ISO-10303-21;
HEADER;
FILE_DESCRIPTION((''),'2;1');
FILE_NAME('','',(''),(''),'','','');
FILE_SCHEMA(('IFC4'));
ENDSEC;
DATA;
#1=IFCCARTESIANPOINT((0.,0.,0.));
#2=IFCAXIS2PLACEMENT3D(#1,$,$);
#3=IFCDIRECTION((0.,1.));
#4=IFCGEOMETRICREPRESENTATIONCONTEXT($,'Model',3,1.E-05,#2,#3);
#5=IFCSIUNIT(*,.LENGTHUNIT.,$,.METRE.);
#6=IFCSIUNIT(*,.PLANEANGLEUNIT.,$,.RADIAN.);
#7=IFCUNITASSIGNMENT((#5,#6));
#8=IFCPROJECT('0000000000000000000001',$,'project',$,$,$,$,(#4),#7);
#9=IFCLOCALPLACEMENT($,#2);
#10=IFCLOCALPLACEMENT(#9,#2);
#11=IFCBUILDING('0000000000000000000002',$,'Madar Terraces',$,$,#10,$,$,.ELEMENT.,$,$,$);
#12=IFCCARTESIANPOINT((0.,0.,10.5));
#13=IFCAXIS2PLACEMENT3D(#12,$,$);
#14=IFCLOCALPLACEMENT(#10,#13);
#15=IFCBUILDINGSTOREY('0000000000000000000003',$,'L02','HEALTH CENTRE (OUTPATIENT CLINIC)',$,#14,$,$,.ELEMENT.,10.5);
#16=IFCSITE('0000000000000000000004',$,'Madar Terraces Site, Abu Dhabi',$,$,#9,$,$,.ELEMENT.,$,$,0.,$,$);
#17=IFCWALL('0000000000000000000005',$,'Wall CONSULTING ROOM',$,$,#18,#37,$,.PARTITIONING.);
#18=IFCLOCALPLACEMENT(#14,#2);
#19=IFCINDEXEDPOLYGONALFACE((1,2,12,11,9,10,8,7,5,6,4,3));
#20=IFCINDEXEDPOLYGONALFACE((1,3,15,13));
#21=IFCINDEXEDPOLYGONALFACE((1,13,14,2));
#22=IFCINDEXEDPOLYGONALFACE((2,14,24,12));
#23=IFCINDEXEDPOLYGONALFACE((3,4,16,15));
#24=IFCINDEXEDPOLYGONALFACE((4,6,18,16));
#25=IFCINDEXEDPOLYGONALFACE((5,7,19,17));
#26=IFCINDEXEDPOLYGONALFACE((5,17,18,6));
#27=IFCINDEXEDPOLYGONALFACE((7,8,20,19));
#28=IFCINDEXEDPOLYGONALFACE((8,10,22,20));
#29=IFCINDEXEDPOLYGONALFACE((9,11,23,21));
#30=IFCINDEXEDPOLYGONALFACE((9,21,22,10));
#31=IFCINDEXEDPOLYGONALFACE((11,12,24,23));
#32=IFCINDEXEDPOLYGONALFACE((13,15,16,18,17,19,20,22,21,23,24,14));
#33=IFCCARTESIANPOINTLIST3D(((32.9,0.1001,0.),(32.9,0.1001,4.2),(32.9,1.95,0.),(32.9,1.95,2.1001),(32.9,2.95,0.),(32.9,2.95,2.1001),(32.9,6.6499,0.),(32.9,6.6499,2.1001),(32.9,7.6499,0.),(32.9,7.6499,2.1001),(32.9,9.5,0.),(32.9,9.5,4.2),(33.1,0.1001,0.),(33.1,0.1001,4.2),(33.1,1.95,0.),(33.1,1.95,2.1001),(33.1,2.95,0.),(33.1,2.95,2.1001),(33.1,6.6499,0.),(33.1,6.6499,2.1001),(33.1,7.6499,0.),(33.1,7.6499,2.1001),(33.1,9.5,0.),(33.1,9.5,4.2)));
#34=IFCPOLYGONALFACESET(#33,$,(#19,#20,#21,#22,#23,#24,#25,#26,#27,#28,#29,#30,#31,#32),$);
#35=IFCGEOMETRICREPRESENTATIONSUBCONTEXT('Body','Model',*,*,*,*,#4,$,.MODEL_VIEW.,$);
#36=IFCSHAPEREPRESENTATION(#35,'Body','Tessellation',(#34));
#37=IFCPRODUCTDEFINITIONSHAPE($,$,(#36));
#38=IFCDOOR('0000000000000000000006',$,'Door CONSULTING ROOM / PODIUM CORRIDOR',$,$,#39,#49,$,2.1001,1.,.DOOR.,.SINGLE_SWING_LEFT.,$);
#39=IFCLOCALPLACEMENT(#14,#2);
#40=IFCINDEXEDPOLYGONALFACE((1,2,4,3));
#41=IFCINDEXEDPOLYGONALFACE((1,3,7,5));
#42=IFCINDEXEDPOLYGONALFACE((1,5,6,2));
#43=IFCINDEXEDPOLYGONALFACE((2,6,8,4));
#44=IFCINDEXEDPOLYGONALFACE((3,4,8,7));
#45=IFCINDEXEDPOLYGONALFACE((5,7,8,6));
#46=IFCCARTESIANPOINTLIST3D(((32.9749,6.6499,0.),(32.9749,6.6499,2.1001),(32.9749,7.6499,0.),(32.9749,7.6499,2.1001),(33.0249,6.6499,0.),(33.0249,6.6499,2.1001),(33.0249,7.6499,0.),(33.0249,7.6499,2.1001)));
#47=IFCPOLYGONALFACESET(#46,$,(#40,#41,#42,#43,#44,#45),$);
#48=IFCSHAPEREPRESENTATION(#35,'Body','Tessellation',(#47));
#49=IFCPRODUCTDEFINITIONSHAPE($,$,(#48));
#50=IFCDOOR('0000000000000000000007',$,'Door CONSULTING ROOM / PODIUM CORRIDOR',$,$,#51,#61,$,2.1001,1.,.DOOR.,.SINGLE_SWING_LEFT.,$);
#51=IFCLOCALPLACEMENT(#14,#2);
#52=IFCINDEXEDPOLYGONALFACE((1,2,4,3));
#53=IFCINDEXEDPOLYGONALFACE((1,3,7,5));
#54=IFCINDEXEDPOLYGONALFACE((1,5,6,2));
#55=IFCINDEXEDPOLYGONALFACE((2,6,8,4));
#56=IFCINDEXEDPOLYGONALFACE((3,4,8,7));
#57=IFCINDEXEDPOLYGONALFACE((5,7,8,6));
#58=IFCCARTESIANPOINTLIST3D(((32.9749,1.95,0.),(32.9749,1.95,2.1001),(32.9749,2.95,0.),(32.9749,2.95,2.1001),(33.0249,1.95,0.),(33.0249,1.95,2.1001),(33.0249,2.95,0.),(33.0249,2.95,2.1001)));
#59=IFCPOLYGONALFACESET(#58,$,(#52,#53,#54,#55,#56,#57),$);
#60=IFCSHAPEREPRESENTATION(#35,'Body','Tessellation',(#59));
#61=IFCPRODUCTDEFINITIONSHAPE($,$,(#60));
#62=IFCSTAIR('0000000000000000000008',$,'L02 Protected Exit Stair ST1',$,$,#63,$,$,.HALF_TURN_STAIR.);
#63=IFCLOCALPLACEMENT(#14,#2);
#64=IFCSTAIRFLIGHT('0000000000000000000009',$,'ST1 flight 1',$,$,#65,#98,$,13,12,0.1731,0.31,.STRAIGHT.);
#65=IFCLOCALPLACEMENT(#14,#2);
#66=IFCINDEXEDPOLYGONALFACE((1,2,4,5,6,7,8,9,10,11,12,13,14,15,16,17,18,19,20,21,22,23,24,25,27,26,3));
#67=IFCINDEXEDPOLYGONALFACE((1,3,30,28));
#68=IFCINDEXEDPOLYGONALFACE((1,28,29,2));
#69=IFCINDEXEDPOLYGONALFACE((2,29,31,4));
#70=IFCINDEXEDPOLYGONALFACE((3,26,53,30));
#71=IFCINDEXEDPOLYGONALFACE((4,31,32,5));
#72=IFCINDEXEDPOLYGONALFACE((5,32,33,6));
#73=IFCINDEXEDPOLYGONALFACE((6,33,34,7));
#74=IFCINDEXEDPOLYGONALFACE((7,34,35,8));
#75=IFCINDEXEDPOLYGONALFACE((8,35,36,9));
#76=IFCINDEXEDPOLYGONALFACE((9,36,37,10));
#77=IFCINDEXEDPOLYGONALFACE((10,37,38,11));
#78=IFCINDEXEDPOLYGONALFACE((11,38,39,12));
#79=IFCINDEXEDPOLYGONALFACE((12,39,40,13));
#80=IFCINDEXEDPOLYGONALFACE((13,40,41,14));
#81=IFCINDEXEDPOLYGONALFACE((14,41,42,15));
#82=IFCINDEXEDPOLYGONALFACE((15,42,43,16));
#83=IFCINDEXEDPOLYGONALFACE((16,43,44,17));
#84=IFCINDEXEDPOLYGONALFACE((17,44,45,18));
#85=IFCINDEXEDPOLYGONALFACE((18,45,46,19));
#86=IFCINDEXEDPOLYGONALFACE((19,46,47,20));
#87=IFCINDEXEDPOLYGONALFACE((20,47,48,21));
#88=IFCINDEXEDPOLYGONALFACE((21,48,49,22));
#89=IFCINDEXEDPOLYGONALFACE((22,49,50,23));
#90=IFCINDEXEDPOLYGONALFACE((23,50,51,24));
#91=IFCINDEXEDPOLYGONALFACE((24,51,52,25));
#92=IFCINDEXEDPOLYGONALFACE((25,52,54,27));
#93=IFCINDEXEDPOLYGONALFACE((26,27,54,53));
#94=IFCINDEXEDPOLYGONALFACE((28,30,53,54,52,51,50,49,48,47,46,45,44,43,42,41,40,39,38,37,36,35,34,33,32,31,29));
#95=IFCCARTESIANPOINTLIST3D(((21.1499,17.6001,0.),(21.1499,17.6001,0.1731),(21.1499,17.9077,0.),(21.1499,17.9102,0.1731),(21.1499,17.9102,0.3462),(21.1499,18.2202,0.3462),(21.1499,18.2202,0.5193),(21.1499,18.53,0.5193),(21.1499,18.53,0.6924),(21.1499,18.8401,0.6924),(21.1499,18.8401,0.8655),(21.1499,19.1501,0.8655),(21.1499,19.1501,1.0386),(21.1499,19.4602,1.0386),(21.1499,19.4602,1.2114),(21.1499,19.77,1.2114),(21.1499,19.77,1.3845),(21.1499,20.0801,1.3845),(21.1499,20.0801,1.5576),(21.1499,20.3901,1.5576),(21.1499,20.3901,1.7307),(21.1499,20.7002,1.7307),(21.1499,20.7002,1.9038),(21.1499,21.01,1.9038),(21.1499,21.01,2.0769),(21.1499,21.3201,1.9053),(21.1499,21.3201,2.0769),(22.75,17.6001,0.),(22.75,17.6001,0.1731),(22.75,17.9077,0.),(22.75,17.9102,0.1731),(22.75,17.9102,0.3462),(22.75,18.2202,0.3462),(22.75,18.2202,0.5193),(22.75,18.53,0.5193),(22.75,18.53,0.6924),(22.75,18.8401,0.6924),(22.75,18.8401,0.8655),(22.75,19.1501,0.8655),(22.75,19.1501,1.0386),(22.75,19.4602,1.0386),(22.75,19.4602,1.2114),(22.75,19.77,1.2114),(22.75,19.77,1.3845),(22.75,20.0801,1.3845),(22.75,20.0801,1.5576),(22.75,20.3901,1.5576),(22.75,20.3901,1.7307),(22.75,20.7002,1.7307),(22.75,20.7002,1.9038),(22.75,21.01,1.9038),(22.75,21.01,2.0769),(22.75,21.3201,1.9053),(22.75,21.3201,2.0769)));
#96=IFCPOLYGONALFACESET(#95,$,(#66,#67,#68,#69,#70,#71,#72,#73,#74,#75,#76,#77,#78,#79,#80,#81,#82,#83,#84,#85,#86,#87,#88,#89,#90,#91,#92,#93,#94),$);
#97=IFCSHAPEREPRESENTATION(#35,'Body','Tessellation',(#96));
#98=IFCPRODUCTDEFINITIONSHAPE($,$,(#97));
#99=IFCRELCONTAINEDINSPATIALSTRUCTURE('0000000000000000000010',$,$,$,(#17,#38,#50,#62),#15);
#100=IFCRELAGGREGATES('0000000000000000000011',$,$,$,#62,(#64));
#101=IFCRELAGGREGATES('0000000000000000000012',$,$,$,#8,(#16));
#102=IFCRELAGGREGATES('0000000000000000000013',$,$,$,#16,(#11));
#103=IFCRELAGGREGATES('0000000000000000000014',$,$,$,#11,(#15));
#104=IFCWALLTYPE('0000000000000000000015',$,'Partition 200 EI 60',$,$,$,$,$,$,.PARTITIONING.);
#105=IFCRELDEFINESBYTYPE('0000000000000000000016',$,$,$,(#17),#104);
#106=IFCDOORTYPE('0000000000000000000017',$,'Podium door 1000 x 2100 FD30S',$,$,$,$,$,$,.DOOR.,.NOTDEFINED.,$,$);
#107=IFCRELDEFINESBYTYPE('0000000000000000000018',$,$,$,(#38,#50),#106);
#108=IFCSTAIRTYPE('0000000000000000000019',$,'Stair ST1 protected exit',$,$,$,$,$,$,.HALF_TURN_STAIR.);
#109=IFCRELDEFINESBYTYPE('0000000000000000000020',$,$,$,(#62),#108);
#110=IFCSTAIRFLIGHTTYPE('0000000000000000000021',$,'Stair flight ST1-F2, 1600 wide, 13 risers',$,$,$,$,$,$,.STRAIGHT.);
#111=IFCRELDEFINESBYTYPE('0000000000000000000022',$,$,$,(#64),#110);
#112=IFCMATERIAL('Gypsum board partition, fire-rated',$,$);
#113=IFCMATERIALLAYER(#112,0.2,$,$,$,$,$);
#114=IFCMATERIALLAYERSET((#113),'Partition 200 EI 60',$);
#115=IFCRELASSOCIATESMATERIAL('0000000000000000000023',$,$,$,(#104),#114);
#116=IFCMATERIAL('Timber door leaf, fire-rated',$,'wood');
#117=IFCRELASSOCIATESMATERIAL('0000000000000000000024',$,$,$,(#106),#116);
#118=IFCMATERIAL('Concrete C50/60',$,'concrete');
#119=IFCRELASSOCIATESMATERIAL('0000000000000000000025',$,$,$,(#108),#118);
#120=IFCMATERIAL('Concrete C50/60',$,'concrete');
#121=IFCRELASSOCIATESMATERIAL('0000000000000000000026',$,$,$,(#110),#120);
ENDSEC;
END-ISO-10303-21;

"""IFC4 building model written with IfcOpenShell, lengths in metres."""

from ifc_helpers import new_model, si_unit, direction, frame, frame_2d, origin, place, context, subcontext, project, spatial, polyline, rectangle, outline, extrude, material, layer, layer_set, type_object, element, fill, aggregate, save


model = new_model("IFC4")

# Units and contexts
model_context = context("Model", 3, precision=1e-05, world=origin(), true_north=direction((0.0, 1.0)))
body_context = subcontext(model_context, "Body", "Model", "MODEL_VIEW")
ifc_project = project(units=[si_unit("LENGTHUNIT", "METRE"), si_unit("PLANEANGLEUNIT", "RADIAN")], contexts=[model_context])

# Site, building, storey
site_placement = place(None, origin())
site = spatial("IfcSite", under=ifc_project, at=site_placement, Name="Madar Terraces Site, Abu Dhabi", CompositionType="ELEMENT", RefElevation=0.0)
building_placement = place(site_placement, origin())
building = spatial("IfcBuilding", under=site, at=building_placement, Name="Madar Terraces", CompositionType="ELEMENT")
storey_placement = place(building_placement, frame((0.0, 0.0, 10.5)))
storey = spatial("IfcBuildingStorey", under=building, at=storey_placement, Name="L02", Description="HEALTH CENTRE (OUTPATIENT CLINIC)", CompositionType="ELEMENT", Elevation=10.5)

# Wall, openings, doors
ifc_material_1 = material(Name="Gypsum board partition, fire-rated")
ifc_layer_1 = layer(ifc_material_1, 0.2)
ifc_layer_set_1 = layer_set([ifc_layer_1], Name="Partition 200 EI 60")
wall_type_1 = type_object("IfcWallType", Name="Partition 200 EI 60", PredefinedType="PARTITIONING", material=ifc_layer_set_1)
ifc_material_2 = material(Name="Timber door leaf, fire-rated", Category="wood")
door_type_1 = type_object("IfcDoorType", Name="Podium door 1000 x 2100 FD30S", OperationType="NOTDEFINED", PredefinedType="DOOR", material=ifc_material_2)
wall_1_placement = place(storey_placement, frame((33.0, 9.5, 0.0), z_axis=(0.0, 0.0, 1.0), x_axis=(0.0, -1.0, 0.0)))
wall_1 = element("IfcWall", 1, at=wall_1_placement, inside=storey, type_object=wall_type_1, Name="Wall CONSULTING ROOM", PredefinedType="PARTITIONING", context=body_context, shape_type="SweptSolid", body=[
    extrude(rectangle(XDim=9.3999, YDim=0.2, at=frame_2d((4.7, 0.0))), origin(), (0.0, 0.0, 1.0), 4.2),
])
opening_1_placement = place(wall_1_placement, frame((1.8501, 0.0, 0.0)))
opening_1 = element("IfcOpeningElement", 2, at=opening_1_placement, cuts=wall_1, PredefinedType="OPENING", context=body_context, shape_type="SweptSolid", body=[
    extrude(rectangle(XDim=1.0, YDim=2.1001, at=frame_2d((0.5, 1.05))), frame((0.0, 0.1099, 0.0), z_axis=(0.0, -1.0, 0.0), x_axis=(1.0, 0.0, 0.0)), (0.0, 0.0, 1.0), 0.22),
])
opening_2_placement = place(wall_1_placement, frame((6.55, 0.0, 0.0)))
opening_2 = element("IfcOpeningElement", 3, at=opening_2_placement, cuts=wall_1, PredefinedType="OPENING", context=body_context, shape_type="SweptSolid", body=[
    extrude(rectangle(XDim=1.0, YDim=2.1001, at=frame_2d((0.5, 1.05))), frame((0.0, 0.1099, 0.0), z_axis=(0.0, -1.0, 0.0), x_axis=(1.0, 0.0, 0.0)), (0.0, 0.0, 1.0), 0.22),
])
door_1_placement = place(opening_1_placement, origin())
door_1 = element("IfcDoor", 4, at=door_1_placement, inside=storey, type_object=door_type_1, Name="Door CONSULTING ROOM / PODIUM CORRIDOR", OperationType="SINGLE_SWING_LEFT", OverallHeight=2.1001, OverallWidth=1.0, PredefinedType="DOOR", context=body_context, shape_type="SweptSolid", body=[
    extrude(rectangle(XDim=1.0, YDim=2.1001, at=frame_2d((0.5, 1.05))), frame((0.0, 0.0249, 0.0), z_axis=(0.0, -1.0, 0.0), x_axis=(1.0, 0.0, 0.0)), (0.0, 0.0, 1.0), 0.05),
])
fill(opening_1, door_1)
door_2_placement = place(opening_2_placement, origin())
door_2 = element("IfcDoor", 5, at=door_2_placement, inside=storey, type_object=door_type_1, Name="Door CONSULTING ROOM / PODIUM CORRIDOR", OperationType="SINGLE_SWING_LEFT", OverallHeight=2.1001, OverallWidth=1.0, PredefinedType="DOOR", context=body_context, shape_type="SweptSolid", body=[
    extrude(rectangle(XDim=1.0, YDim=2.1001, at=frame_2d((0.5, 1.05))), frame((0.0, 0.0249, 0.0), z_axis=(0.0, -1.0, 0.0), x_axis=(1.0, 0.0, 0.0)), (0.0, 0.0, 1.0), 0.05),
])
fill(opening_2, door_2)

# Stair, stair flight
ifc_material_3 = material(Name="Concrete C50/60", Category="concrete")
stair_type = type_object("IfcStairType", Name="Stair ST1 protected exit", PredefinedType="HALF_TURN_STAIR", material=ifc_material_3)
stair_placement = place(storey_placement, origin())
stair = element("IfcStair", 6, at=stair_placement, inside=storey, type_object=stair_type, Name="L02 Protected Exit Stair ST1", PredefinedType="HALF_TURN_STAIR")
ifc_material_4 = material(Name="Concrete C50/60", Category="concrete")
stair_flight_type = type_object("IfcStairFlightType", Name="Stair flight ST1-F2, 1600 wide, 13 risers", PredefinedType="STRAIGHT", material=ifc_material_4)
stair_flight_placement = place(storey_placement, frame((21.95, 17.6001, 0.0), z_axis=(0.0, 0.0, 1.0), x_axis=(0.0, 1.0, 0.0)))
stair_flight = element("IfcStairFlight", 7, at=stair_flight_placement, type_object=stair_flight_type, Name="ST1 flight 1", NumberOfRisers=13, NumberOfTreads=12, PredefinedType="STRAIGHT", RiserHeight=0.1731, TreadLength=0.31, context=body_context, shape_type="SweptSolid", body=[
    extrude(outline(polyline([(0.0, 0.0), (0.0, 0.1731), (0.3101, 0.1731), (0.3101, 0.3462), (0.6201, 0.3462), (0.6201, 0.5193), (0.9299, 0.5193), (0.9299, 0.6924), (1.24, 0.6924), (1.24, 0.8655), (1.55, 0.8655), (1.55, 1.0386), (1.8601, 1.0386), (1.8601, 1.2114), (2.1699, 1.2114), (2.1699, 1.3845), (2.48, 1.3845), (2.48, 1.5576), (2.79, 1.5576), (2.79, 1.7307), (3.1001, 1.7307), (3.1001, 1.9038), (3.4099, 1.9038), (3.4099, 2.0769), (3.72, 2.0769), (3.72, 2.25), (3.72, 1.9053), (0.3076, 0.0), (0.0, 0.0)])), frame((0.0, 0.8, 0.0), z_axis=(0.0, -1.0, 0.0), x_axis=(1.0, 0.0, 0.0)), (0.0, 0.0, 1.0), 1.6001),
])
aggregate(stair, [stair_flight])

save(model, "model.ifc")
